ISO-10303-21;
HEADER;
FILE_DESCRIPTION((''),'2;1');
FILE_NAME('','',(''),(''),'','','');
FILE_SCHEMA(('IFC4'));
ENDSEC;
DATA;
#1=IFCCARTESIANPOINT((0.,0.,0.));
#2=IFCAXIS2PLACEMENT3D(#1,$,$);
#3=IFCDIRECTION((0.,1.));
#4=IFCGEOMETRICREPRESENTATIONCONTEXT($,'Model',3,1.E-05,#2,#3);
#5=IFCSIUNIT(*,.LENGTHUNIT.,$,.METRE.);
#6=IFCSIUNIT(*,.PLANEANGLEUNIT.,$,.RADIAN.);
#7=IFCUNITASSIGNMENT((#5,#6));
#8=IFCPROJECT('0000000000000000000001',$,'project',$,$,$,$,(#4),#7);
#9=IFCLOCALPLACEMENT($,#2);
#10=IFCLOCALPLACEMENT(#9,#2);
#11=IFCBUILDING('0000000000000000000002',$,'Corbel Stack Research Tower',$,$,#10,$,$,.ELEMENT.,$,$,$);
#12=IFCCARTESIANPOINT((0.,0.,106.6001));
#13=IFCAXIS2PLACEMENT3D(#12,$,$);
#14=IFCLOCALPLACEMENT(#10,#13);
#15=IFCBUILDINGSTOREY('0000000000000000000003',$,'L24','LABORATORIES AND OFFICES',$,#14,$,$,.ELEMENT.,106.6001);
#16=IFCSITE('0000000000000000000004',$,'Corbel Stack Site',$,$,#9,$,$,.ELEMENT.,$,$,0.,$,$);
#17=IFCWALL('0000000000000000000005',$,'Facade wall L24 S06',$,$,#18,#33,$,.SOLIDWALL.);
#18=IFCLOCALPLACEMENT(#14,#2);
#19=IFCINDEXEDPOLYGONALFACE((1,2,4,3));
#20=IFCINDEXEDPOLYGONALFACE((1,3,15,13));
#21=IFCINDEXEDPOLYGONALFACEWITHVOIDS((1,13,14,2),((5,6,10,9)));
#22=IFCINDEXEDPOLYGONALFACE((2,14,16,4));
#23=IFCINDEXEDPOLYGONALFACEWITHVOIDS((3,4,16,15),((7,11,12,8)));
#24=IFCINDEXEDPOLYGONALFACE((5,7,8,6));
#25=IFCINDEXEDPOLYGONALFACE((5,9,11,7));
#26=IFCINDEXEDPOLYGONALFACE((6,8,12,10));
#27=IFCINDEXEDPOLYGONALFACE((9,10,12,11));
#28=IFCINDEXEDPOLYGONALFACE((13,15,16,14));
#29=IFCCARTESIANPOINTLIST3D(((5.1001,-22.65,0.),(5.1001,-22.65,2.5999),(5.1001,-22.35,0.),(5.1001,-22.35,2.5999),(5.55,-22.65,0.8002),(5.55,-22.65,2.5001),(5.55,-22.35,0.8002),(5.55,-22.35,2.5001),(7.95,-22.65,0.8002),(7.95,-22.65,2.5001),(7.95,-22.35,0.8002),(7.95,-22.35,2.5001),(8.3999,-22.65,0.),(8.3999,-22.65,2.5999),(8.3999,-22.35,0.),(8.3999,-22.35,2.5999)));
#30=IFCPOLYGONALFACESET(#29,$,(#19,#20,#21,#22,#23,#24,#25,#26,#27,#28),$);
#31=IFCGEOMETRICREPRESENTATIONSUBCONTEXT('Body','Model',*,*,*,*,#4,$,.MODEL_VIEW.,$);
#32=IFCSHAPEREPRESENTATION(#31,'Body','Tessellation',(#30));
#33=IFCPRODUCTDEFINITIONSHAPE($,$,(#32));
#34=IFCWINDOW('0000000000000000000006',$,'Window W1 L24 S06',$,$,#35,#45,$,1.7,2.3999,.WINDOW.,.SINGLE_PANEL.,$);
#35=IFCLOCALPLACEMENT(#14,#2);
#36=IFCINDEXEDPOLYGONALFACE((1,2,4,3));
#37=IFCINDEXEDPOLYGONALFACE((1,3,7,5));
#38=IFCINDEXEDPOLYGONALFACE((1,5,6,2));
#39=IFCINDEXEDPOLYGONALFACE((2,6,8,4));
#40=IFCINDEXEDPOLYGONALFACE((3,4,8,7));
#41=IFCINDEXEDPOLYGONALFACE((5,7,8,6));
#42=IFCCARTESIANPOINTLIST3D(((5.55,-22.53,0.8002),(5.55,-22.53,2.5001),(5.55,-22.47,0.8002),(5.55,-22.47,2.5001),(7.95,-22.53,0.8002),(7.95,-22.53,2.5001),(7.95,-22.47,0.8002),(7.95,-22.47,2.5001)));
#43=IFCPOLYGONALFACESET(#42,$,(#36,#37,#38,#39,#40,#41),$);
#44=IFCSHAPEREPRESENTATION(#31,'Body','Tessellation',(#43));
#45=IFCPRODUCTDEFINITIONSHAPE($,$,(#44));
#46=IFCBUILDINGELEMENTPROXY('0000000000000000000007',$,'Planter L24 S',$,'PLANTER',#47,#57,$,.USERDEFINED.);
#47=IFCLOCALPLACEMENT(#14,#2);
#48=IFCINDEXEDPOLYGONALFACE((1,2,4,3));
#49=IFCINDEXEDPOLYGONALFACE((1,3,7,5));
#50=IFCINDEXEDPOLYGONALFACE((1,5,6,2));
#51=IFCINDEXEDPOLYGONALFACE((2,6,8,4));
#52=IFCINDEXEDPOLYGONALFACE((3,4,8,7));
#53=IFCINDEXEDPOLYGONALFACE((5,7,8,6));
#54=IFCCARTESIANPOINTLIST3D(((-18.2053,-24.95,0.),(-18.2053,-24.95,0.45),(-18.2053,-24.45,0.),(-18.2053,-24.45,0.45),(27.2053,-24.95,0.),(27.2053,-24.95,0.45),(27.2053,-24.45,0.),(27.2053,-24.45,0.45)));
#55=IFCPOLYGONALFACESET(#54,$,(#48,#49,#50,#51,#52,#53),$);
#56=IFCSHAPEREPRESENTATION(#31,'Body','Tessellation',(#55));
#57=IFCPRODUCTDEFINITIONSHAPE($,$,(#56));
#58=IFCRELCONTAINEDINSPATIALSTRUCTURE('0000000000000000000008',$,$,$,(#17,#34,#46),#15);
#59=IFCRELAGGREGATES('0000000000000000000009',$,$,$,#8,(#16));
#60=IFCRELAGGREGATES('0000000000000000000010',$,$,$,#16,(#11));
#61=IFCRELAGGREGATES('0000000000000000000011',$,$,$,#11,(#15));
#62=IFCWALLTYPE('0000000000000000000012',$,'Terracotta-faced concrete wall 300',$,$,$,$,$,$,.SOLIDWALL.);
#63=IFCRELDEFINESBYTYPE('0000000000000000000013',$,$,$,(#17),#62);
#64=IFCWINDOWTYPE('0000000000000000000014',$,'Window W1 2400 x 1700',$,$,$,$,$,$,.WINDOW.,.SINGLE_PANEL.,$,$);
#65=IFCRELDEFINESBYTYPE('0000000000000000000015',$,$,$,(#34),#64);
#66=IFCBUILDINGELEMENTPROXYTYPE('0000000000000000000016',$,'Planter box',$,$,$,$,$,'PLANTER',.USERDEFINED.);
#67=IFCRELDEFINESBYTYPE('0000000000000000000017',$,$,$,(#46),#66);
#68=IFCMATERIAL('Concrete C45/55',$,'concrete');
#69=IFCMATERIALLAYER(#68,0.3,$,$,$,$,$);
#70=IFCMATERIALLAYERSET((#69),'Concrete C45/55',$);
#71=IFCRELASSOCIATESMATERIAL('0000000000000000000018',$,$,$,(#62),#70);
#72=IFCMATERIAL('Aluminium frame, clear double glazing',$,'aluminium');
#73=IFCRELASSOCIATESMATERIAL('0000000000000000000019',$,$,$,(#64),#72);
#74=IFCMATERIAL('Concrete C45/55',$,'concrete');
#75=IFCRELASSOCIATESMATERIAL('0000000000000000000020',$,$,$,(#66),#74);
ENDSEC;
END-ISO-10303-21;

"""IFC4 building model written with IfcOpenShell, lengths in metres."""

from ifc_helpers import new_model, si_unit, direction, frame, frame_2d, origin, origin_2d, place, context, subcontext, project, spatial, rectangle, extrude, material, layer, layer_set, type_object, element, fill, save


model = new_model("IFC4")

# Units and contexts
model_context = context("Model", 3, precision=1e-05, world=origin(), true_north=direction((0.0, 1.0)))
body_context = subcontext(model_context, "Body", "Model", "MODEL_VIEW")
ifc_project = project(units=[si_unit("LENGTHUNIT", "METRE"), si_unit("PLANEANGLEUNIT", "RADIAN")], contexts=[model_context])

# Site, building, storey
site_placement = place(None, origin())
site = spatial("IfcSite", under=ifc_project, at=site_placement, Name="Corbel Stack Site", CompositionType="ELEMENT", RefElevation=0.0)
building_placement = place(site_placement, origin())
building = spatial("IfcBuilding", under=site, at=building_placement, Name="Corbel Stack Research Tower", CompositionType="ELEMENT")
storey_placement = place(building_placement, frame((0.0, 0.0, 106.6001)))
storey = spatial("IfcBuildingStorey", under=building, at=storey_placement, Name="L24", Description="LABORATORIES AND OFFICES", CompositionType="ELEMENT", Elevation=106.6001)

# Wall, opening, window
ifc_material_1 = material(Name="Concrete C45/55", Category="concrete")
ifc_layer_1 = layer(ifc_material_1, 0.3)
ifc_layer_set_1 = layer_set([ifc_layer_1], Name="Concrete C45/55")
wall_type_1 = type_object("IfcWallType", Name="Terracotta-faced concrete wall 300", PredefinedType="SOLIDWALL", material=ifc_layer_set_1)
ifc_material_2 = material(Name="Aluminium frame, clear double glazing", Category="aluminium")
window_type = type_object("IfcWindowType", Name="Window W1 2400 x 1700", PartitioningType="SINGLE_PANEL", PredefinedType="WINDOW", material=ifc_material_2)
wall_1_placement = place(storey_placement, frame((8.3999, -22.5, 0.0), z_axis=(0.0, 0.0, 1.0), x_axis=(-1.0, 0.0, 0.0)))
wall_1 = element("IfcWall", 1, at=wall_1_placement, inside=storey, type_object=wall_type_1, Name="Facade wall L24 S06", PredefinedType="SOLIDWALL", context=body_context, shape_type="SweptSolid", body=[
    extrude(rectangle(XDim=3.2998, YDim=0.3, at=frame_2d((1.6499, 0.0))), origin(), (0.0, 0.0, 1.0), 2.5999),
])
opening_1_placement = place(wall_1_placement, frame((0.45, 0.0, 0.8)))
opening_1 = element("IfcOpeningElement", 2, at=opening_1_placement, cuts=wall_1, PredefinedType="OPENING", context=body_context, shape_type="SweptSolid", body=[
    extrude(rectangle(XDim=2.3999, YDim=1.7, at=frame_2d((1.2, 0.8501))), frame((0.0, 0.1599, 0.0), z_axis=(0.0, -1.0, 0.0), x_axis=(1.0, 0.0, 0.0)), (0.0, 0.0, 1.0), 0.3201),
])
window_1_placement = place(opening_1_placement, origin())
window_1 = element("IfcWindow", 3, at=window_1_placement, inside=storey, type_object=window_type, Name="Window W1 L24 S06", OverallHeight=1.7, OverallWidth=2.3999, PartitioningType="SINGLE_PANEL", PredefinedType="WINDOW", context=body_context, shape_type="SweptSolid", body=[
    extrude(rectangle(XDim=2.3999, YDim=1.7, at=frame_2d((1.2, 0.8501))), frame((0.0, 0.03, 0.0), z_axis=(0.0, -1.0, 0.0), x_axis=(1.0, 0.0, 0.0)), (0.0, 0.0, 1.0), 0.0601),
])
fill(opening_1, window_1)

# Building element proxy
ifc_material_3 = material(Name="Concrete C45/55", Category="concrete")
building_element_proxy_type = type_object("IfcBuildingElementProxyType", Name="Planter box", ElementType="PLANTER", PredefinedType="USERDEFINED", material=ifc_material_3)
proxy_placement = place(storey_placement, frame((4.5, -24.7, 0.0), z_axis=(0.0, 0.0, 1.0), x_axis=(1.0, 0.0, 0.0)))
element("IfcBuildingElementProxy", 4, at=proxy_placement, inside=storey, type_object=building_element_proxy_type, Name="Planter L24 S", ObjectType="PLANTER", PredefinedType="USERDEFINED", context=body_context, shape_type="SweptSolid", body=[
    extrude(rectangle(XDim=45.4106, YDim=0.5, at=origin_2d()), origin(), (0.0, 0.0, 1.0), 0.45),
])

save(model, "model.ifc")
